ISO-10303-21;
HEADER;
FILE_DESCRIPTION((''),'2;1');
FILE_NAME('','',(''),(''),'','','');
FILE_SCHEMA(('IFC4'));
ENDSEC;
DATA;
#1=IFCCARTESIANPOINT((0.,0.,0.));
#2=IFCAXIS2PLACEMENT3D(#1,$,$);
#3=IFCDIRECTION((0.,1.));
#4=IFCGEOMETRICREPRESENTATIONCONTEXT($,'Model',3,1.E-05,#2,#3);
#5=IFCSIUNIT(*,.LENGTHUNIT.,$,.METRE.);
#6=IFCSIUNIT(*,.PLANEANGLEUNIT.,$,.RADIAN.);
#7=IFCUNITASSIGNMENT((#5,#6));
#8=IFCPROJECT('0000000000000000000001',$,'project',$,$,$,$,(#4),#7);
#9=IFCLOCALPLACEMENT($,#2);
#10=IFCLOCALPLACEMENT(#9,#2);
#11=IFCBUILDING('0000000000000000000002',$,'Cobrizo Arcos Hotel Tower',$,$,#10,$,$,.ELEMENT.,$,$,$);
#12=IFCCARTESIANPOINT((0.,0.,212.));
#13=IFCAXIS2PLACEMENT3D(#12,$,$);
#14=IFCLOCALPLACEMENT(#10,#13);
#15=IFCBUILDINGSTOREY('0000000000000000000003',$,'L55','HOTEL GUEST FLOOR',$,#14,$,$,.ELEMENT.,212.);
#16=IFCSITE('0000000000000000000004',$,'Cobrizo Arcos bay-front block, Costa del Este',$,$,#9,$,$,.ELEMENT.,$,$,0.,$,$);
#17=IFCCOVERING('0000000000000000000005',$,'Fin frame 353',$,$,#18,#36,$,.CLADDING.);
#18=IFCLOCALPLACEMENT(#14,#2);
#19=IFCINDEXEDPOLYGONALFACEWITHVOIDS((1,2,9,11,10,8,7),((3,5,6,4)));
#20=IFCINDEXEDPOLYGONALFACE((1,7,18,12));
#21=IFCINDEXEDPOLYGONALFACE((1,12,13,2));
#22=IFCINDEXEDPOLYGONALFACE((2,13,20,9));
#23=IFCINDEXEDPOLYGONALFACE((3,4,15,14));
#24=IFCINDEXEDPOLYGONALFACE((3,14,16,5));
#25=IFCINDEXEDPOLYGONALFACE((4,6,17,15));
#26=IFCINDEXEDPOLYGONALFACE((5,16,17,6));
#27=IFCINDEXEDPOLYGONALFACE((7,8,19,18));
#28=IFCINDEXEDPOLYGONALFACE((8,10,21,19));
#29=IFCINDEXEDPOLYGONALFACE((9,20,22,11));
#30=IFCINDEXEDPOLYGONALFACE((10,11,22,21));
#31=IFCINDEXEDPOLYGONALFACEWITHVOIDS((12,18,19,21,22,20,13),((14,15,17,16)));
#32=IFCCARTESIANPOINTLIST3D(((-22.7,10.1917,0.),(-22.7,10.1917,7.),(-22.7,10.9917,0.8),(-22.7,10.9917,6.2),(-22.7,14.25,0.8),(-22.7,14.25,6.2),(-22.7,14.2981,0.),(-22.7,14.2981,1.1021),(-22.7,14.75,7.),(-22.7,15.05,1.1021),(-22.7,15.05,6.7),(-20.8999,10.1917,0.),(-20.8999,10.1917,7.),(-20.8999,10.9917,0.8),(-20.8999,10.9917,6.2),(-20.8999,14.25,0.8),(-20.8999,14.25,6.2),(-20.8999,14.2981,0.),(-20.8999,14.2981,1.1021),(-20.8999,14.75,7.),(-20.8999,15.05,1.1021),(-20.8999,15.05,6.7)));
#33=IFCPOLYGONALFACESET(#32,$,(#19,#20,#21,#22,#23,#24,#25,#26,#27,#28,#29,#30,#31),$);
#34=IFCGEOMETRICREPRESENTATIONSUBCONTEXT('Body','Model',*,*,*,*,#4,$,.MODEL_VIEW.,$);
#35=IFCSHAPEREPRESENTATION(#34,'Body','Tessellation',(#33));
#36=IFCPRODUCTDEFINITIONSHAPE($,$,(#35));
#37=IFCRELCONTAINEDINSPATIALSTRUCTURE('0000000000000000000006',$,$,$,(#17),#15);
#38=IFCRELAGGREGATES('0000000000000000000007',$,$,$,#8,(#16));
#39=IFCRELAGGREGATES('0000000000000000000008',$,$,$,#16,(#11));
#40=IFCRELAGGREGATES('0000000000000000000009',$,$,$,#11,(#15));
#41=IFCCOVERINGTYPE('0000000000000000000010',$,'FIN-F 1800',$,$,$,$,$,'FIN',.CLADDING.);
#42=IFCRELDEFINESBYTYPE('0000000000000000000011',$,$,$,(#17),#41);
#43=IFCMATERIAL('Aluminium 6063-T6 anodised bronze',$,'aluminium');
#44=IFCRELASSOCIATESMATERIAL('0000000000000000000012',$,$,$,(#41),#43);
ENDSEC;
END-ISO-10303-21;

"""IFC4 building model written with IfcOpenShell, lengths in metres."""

from ifc_helpers import new_model, si_unit, direction, frame, origin, place, context, subcontext, project, spatial, polyline, outline, extrude, material, type_object, element, save


model = new_model("IFC4")

# Units and contexts
model_context = context("Model", 3, precision=1e-05, world=origin(), true_north=direction((0.0, 1.0)))
body_context = subcontext(model_context, "Body", "Model", "MODEL_VIEW")
ifc_project = project(units=[si_unit("LENGTHUNIT", "METRE"), si_unit("PLANEANGLEUNIT", "RADIAN")], contexts=[model_context])

# Site, building, storey
site_placement = place(None, origin())
site = spatial("IfcSite", under=ifc_project, at=site_placement, Name="Cobrizo Arcos bay-front block, Costa del Este", CompositionType="ELEMENT", RefElevation=0.0)
building_placement = place(site_placement, origin())
building = spatial("IfcBuilding", under=site, at=building_placement, Name="Cobrizo Arcos Hotel Tower", CompositionType="ELEMENT")
storey_placement = place(building_placement, frame((0.0, 0.0, 212.0)))
storey = spatial("IfcBuildingStorey", under=building, at=storey_placement, Name="L55", Description="HOTEL GUEST FLOOR", CompositionType="ELEMENT", Elevation=212.0)

# Shared definitions
ifc_material_1 = material(Name="Aluminium 6063-T6 anodised bronze", Category="aluminium")

# Covering
covering_type = type_object("IfcCoveringType", Name="FIN-F 1800", ElementType="FIN", PredefinedType="CLADDING", material=ifc_material_1)
covering_placement = place(storey_placement, frame((-20.8999, 15.05, 0.0), z_axis=(-1.0, 0.0, 0.0), x_axis=(0.0, -1.0, 0.0)))
element("IfcCovering", 1, at=covering_placement, inside=storey, type_object=covering_type, Name="Fin frame 353", PredefinedType="CLADDING", context=body_context, shape_type="SweptSolid", body=[
    extrude(outline(polyline([(0.0, 6.7), (0.0, 1.1021), (0.752, 1.1021), (0.752, 0.0), (4.8584, 0.0), (4.8584, 7.0), (0.3, 7.0), (0.0, 6.7)]), holes=[polyline([(4.0583, 0.8), (0.8, 0.8), (0.8, 6.2), (4.0583, 6.2), (4.0583, 0.8)])]), origin(), (0.0, 0.0, 1.0), 1.8),
])

save(model, "model.ifc")
